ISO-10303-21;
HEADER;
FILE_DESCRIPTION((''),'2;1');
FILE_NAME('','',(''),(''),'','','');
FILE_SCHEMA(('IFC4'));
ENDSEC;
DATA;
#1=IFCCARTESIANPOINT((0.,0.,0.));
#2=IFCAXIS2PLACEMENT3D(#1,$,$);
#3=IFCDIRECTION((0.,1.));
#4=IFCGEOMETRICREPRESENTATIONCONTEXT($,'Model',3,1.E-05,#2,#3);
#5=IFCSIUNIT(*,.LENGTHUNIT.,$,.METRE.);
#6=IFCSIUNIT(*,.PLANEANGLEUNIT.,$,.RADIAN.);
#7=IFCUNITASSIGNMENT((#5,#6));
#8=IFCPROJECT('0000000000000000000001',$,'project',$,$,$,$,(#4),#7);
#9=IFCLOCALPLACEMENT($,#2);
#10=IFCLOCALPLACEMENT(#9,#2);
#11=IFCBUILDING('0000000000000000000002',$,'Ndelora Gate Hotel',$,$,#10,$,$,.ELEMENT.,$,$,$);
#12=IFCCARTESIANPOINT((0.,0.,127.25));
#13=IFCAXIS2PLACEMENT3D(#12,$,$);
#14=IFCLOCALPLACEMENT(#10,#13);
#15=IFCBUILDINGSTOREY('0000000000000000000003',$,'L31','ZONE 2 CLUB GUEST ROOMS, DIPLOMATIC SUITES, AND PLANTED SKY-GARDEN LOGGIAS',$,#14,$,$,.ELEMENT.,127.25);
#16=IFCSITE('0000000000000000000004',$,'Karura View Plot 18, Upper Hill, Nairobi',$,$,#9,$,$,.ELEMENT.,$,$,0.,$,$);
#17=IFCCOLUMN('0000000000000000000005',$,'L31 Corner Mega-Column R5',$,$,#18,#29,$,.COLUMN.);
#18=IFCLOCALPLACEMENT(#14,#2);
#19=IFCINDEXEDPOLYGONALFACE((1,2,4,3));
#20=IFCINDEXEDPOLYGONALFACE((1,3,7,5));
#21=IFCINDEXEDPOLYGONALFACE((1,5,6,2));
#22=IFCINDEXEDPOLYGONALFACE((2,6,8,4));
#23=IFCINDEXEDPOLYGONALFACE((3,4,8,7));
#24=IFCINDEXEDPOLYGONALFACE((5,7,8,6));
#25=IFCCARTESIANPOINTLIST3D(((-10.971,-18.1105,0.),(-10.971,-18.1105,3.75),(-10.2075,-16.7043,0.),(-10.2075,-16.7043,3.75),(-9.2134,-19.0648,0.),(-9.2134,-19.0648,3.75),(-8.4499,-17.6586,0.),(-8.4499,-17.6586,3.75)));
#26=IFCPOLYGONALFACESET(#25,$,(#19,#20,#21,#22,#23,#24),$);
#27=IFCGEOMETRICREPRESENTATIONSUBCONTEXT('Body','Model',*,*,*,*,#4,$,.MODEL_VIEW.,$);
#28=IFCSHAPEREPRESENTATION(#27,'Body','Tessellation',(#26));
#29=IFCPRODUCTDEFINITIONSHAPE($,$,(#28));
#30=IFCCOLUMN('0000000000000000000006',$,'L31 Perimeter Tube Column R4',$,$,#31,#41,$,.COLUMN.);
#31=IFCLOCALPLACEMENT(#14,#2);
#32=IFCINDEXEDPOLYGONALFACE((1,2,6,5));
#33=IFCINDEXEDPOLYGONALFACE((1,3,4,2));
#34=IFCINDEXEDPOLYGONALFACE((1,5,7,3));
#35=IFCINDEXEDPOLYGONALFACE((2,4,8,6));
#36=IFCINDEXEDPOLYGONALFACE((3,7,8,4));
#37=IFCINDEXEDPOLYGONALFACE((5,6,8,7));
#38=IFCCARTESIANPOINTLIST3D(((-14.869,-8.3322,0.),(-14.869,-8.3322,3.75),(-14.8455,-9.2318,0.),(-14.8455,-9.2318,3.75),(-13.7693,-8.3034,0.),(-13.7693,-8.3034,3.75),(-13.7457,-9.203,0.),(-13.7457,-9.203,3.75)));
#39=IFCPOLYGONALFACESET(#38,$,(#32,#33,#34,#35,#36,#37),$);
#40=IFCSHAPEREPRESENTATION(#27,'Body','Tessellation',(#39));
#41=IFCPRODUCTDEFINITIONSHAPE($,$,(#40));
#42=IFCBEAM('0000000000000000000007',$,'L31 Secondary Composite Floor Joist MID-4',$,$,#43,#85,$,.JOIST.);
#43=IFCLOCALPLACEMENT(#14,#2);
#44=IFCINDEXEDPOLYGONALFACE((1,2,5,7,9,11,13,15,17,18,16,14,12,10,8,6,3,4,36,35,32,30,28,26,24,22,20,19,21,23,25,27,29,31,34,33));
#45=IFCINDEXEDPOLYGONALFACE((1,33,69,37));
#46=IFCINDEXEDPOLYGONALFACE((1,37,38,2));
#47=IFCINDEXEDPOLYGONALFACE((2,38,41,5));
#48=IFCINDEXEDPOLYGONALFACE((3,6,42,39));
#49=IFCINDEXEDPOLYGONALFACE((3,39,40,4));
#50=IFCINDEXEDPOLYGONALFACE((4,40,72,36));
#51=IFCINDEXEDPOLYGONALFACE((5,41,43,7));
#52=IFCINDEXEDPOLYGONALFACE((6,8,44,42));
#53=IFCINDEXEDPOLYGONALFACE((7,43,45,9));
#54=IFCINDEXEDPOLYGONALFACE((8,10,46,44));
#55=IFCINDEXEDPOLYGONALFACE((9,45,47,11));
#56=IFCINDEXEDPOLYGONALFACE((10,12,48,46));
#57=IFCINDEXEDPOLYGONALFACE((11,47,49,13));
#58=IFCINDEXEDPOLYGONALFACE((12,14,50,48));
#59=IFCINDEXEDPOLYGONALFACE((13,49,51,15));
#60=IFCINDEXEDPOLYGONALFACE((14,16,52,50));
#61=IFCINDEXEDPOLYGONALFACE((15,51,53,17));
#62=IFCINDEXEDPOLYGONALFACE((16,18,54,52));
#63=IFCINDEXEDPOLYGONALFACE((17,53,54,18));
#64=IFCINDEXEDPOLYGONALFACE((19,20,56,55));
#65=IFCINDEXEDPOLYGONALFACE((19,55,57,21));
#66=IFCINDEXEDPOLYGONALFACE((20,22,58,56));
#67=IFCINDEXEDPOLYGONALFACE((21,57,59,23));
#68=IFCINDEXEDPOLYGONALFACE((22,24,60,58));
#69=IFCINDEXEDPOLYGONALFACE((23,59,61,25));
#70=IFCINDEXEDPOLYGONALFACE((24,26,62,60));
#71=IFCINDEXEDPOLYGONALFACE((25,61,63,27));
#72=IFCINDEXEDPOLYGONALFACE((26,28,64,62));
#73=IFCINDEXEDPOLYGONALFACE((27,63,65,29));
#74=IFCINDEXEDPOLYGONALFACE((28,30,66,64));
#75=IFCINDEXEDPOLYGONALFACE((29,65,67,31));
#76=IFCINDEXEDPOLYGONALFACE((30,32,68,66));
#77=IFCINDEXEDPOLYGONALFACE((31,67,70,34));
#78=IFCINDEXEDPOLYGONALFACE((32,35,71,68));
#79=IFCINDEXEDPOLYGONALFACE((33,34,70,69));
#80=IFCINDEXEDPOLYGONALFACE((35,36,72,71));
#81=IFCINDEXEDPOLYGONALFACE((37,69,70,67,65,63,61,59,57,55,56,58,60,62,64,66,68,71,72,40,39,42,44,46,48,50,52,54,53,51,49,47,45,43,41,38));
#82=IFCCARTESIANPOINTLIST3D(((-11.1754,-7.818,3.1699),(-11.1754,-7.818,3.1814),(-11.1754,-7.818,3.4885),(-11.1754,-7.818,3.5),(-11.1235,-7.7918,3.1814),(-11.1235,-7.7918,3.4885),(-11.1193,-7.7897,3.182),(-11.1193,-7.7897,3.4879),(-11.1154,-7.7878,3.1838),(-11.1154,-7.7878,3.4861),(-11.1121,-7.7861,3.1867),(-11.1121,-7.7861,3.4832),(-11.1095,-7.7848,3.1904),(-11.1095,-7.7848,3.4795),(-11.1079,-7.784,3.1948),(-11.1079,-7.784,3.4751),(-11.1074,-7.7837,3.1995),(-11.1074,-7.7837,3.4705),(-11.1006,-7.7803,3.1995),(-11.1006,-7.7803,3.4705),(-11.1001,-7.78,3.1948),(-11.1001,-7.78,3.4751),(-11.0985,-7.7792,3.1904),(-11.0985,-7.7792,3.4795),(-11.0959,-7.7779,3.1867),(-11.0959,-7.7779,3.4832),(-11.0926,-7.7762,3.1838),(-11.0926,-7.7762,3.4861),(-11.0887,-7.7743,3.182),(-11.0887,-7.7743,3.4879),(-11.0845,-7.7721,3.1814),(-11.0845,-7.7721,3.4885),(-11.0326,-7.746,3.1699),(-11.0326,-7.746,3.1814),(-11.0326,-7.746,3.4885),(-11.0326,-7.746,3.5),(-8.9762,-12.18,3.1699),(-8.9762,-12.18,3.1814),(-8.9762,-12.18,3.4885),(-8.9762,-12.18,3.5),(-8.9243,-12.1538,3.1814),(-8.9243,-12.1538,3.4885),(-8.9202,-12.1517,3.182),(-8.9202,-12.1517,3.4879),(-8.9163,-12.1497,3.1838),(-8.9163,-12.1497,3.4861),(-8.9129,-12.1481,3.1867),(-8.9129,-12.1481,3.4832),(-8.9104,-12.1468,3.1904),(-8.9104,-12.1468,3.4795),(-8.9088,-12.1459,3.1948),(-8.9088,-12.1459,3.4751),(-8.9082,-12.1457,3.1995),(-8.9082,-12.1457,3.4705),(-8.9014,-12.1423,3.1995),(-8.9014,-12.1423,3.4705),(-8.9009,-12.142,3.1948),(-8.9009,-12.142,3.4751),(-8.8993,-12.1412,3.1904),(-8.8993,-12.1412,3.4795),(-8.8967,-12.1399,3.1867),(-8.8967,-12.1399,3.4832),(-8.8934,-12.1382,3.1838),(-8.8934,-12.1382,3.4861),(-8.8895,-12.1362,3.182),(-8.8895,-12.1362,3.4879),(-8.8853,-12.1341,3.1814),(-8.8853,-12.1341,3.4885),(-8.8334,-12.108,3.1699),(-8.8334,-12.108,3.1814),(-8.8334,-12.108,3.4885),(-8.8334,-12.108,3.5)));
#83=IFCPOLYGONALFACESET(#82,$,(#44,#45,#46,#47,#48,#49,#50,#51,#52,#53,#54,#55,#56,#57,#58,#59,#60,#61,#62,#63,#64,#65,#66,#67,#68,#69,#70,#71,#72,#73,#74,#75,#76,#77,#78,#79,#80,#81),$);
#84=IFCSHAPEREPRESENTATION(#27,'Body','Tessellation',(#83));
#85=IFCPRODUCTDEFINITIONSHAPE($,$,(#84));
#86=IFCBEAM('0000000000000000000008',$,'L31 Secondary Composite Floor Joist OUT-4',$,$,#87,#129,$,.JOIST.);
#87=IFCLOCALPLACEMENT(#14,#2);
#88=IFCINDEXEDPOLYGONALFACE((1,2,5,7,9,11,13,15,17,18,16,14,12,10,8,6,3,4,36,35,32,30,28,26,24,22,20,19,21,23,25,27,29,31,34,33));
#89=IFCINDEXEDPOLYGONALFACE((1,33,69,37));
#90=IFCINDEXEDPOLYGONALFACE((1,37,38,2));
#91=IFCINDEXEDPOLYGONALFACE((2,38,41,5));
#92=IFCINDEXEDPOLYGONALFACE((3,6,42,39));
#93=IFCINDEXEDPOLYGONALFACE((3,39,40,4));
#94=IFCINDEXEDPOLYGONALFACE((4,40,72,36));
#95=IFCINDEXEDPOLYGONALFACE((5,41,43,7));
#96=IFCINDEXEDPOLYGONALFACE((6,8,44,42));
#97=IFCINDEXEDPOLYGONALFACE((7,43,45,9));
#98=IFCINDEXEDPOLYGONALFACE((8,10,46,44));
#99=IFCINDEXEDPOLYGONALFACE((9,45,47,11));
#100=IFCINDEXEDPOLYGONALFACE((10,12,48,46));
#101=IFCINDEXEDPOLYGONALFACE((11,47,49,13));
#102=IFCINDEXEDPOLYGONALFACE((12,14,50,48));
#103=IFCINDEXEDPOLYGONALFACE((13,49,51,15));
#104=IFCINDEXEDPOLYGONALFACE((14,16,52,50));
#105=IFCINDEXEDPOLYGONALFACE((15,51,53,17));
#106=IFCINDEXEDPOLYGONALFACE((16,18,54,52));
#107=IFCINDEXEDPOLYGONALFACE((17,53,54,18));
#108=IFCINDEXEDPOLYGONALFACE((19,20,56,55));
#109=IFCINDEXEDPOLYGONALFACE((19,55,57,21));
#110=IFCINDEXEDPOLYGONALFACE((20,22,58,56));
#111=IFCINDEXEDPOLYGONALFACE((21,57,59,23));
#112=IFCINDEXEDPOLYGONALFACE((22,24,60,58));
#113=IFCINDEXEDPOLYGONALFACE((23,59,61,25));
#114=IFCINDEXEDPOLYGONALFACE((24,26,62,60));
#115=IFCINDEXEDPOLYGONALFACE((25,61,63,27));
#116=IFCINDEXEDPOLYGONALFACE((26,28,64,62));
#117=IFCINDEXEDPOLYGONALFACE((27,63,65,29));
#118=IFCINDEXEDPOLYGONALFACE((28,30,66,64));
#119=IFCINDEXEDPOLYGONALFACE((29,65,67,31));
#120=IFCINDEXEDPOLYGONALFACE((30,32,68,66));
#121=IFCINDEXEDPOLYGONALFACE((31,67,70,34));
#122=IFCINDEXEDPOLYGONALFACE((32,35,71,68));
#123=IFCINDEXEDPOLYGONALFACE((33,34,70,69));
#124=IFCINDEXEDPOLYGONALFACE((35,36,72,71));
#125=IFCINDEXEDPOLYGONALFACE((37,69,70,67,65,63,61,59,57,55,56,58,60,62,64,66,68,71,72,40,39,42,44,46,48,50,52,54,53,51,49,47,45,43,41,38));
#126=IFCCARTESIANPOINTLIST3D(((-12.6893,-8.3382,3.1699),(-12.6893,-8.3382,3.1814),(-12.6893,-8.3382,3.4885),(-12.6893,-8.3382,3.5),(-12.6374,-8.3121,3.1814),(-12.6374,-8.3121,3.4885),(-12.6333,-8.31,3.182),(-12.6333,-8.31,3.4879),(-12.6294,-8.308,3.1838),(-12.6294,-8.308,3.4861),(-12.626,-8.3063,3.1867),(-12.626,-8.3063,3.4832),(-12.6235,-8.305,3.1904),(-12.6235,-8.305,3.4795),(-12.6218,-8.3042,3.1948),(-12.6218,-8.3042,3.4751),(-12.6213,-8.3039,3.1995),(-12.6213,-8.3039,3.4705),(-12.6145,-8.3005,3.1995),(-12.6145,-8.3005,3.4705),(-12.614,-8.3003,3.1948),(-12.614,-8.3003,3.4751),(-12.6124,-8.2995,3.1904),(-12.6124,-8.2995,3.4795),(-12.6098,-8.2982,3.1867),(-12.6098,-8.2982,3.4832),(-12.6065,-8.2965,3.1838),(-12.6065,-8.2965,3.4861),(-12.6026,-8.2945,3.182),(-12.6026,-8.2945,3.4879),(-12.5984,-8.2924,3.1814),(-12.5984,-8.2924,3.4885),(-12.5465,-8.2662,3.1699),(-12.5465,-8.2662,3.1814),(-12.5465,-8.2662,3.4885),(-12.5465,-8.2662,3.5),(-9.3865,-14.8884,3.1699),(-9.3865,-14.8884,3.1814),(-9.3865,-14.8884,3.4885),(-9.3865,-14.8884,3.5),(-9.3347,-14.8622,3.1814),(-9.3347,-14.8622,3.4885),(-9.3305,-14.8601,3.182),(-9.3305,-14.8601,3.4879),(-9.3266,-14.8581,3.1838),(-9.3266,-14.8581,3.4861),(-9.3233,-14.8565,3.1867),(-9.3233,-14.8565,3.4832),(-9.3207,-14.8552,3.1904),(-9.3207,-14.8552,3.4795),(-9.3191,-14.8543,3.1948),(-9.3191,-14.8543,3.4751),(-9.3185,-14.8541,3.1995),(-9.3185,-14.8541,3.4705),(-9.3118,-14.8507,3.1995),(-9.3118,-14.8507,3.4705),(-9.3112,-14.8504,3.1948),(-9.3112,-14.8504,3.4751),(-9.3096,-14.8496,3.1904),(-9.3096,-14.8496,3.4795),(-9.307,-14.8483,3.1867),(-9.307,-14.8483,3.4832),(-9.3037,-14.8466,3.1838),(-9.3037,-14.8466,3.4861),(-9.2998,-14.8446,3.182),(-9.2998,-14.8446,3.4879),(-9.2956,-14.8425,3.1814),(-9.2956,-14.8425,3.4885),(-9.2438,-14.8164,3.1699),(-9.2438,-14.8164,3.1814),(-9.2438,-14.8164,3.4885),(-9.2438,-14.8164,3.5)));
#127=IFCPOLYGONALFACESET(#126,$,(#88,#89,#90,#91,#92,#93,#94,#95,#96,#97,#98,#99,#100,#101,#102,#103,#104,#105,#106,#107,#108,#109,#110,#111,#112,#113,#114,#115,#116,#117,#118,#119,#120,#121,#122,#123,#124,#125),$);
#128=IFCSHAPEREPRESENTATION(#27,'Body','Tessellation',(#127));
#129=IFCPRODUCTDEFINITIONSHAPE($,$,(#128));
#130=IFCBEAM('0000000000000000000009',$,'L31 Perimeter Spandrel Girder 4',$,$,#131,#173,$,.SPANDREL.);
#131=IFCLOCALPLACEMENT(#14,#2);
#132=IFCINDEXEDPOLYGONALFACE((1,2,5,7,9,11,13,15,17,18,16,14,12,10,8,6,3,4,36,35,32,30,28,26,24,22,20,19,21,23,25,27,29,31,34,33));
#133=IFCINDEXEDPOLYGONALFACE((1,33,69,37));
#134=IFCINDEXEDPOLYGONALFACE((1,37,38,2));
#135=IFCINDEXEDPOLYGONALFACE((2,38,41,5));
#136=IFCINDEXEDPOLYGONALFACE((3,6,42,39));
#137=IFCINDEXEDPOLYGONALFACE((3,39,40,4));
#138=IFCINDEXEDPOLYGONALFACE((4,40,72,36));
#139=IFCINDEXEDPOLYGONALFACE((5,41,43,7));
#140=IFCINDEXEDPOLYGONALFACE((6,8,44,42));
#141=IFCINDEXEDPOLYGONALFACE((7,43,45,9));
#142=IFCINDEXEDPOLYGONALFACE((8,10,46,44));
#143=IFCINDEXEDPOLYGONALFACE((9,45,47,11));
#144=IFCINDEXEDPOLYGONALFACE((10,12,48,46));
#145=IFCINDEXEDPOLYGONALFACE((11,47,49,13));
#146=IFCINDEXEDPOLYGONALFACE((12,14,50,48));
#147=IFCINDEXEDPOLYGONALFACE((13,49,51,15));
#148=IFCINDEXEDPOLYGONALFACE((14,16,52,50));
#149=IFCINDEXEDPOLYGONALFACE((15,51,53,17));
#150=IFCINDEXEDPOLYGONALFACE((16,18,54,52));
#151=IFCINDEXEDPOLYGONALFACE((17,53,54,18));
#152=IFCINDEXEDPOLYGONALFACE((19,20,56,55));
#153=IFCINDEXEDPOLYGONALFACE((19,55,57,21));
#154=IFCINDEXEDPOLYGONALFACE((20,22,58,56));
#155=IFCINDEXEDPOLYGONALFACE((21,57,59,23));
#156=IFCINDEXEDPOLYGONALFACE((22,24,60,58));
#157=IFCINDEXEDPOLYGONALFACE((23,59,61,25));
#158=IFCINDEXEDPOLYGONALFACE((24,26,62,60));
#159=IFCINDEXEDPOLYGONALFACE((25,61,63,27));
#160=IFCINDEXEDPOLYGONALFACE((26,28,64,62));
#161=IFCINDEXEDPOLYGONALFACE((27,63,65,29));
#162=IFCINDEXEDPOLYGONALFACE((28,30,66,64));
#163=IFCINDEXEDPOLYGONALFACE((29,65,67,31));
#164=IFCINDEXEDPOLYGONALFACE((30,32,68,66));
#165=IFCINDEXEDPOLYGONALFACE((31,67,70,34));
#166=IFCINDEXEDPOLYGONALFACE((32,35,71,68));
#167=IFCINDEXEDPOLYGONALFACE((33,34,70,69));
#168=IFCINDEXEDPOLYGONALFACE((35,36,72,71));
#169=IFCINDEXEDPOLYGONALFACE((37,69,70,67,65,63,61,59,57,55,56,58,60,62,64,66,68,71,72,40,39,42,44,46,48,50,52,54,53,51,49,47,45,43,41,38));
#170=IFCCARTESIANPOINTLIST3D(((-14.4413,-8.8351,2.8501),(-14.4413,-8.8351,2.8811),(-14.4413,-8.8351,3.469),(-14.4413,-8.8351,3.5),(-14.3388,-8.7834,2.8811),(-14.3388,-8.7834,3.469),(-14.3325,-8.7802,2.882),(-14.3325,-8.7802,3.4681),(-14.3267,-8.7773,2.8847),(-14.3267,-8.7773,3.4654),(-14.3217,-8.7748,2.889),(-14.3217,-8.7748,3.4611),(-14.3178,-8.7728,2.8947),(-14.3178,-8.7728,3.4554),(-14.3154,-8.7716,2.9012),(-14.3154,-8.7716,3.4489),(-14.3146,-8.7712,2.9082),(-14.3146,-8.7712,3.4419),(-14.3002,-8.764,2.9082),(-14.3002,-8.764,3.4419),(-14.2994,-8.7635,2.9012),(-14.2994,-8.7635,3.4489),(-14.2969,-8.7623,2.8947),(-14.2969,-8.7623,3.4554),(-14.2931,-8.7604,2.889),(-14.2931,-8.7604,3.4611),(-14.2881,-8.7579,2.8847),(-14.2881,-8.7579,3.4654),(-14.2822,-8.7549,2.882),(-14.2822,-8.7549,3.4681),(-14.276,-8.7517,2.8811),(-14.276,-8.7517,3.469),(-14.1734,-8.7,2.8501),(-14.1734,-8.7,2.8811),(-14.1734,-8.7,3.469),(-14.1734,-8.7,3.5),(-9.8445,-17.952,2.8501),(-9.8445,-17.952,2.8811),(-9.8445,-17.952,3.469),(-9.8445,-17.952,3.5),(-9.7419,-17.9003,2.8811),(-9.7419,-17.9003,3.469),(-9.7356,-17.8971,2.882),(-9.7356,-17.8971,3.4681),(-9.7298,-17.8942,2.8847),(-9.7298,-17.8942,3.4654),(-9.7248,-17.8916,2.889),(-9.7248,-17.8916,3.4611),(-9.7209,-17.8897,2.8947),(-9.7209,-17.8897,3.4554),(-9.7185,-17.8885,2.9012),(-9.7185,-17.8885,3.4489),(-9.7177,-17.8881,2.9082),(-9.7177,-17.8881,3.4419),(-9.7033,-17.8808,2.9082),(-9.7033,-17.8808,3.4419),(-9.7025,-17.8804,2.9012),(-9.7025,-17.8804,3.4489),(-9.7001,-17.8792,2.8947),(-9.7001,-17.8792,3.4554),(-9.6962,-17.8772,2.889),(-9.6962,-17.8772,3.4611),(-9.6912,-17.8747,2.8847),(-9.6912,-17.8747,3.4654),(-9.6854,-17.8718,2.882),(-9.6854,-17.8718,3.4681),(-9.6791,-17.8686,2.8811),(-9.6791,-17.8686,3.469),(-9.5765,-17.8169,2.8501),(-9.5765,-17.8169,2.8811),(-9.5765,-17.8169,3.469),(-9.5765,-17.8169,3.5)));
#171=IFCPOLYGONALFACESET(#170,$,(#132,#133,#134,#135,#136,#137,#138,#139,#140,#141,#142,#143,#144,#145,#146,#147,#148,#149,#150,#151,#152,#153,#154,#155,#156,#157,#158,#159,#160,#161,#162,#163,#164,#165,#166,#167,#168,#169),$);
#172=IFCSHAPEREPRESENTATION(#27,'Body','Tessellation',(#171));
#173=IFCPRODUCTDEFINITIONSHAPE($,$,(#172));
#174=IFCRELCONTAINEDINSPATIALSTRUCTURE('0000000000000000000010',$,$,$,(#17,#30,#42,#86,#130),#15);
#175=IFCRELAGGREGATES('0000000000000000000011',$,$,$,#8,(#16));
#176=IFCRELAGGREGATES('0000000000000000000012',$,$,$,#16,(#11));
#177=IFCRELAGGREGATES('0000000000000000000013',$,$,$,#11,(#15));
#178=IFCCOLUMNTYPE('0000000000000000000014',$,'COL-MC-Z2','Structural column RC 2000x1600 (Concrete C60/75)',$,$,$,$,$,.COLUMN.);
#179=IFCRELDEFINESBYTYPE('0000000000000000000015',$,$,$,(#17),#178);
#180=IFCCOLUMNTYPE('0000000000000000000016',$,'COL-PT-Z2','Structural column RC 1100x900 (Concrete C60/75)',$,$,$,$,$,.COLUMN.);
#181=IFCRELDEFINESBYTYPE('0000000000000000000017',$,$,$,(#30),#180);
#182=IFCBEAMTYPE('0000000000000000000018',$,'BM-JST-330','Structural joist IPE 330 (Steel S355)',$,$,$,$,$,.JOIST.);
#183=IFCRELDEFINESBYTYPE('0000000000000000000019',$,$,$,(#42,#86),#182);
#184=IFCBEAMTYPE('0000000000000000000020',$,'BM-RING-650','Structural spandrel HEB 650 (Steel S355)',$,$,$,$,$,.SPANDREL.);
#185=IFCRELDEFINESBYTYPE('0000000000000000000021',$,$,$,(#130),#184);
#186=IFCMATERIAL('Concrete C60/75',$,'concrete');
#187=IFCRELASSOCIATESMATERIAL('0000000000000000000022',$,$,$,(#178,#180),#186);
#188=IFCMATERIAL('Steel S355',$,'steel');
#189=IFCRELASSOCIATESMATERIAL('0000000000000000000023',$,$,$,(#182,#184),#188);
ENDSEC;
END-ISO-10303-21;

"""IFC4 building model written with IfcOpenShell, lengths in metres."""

from ifc_helpers import new_model, si_unit, direction, frame, origin, origin_2d, place, context, subcontext, project, spatial, rectangle, i_section, extrude, material, material_profile, profile_set, type_object, element, save


model = new_model("IFC4")

# Units and contexts
model_context = context("Model", 3, precision=1e-05, world=origin(), true_north=direction((0.0, 1.0)))
body_context = subcontext(model_context, "Body", "Model", "MODEL_VIEW")
ifc_project = project(units=[si_unit("LENGTHUNIT", "METRE"), si_unit("PLANEANGLEUNIT", "RADIAN")], contexts=[model_context])

# Site, building, storey
site_placement = place(None, origin())
site = spatial("IfcSite", under=ifc_project, at=site_placement, Name="Karura View Plot 18, Upper Hill, Nairobi", CompositionType="ELEMENT", RefElevation=0.0)
building_placement = place(site_placement, origin())
building = spatial("IfcBuilding", under=site, at=building_placement, Name="Ndelora Gate Hotel", CompositionType="ELEMENT")
storey_placement = place(building_placement, frame((0.0, 0.0, 127.25)))
storey = spatial("IfcBuildingStorey", under=building, at=storey_placement, Name="L31", Description="ZONE 2 CLUB GUEST ROOMS, DIPLOMATIC SUITES, AND PLANTED SKY-GARDEN LOGGIAS", CompositionType="ELEMENT", Elevation=127.25)

# Columns
ifc_material_1 = material(Name="Concrete C60/75", Category="concrete")
ifc_material_profile_1 = material_profile(ifc_material_1, rectangle(XDim=1.6001, YDim=2.0, at=origin_2d()), Name="RC 2000x1600")
ifc_profile_set_1 = profile_set([ifc_material_profile_1], Name="Concrete C60/75")
column_type_1 = type_object("IfcColumnType", Name="COL-MC-Z2", Description="Structural column RC 2000x1600 (Concrete C60/75)", PredefinedType="COLUMN", material=ifc_profile_set_1)
column_1_placement = place(storey_placement, frame((-9.7104, -17.8845, 0.0), z_axis=(0.0, 0.0, 1.0), x_axis=(0.477159, 0.878817, 0.0)))
element("IfcColumn", 1, at=column_1_placement, inside=storey, type_object=column_type_1, Name="L31 Corner Mega-Column R5", PredefinedType="COLUMN", context=body_context, shape_type="SweptSolid", body=[
    extrude(rectangle(XDim=1.6001, YDim=2.0, at=origin_2d()), origin(), (0.0, 0.0, 1.0), 3.75),
])
ifc_material_profile_2 = material_profile(ifc_material_1, rectangle(XDim=0.8999, YDim=1.1001, at=origin_2d()), Name="RC 1100x900")
ifc_profile_set_2 = profile_set([ifc_material_profile_2], Name="Concrete C60/75")
column_type_2 = type_object("IfcColumnType", Name="COL-PT-Z2", Description="Structural column RC 1100x900 (Concrete C60/75)", PredefinedType="COLUMN", material=ifc_profile_set_2)
column_2_placement = place(storey_placement, frame((-14.3074, -8.7676, 0.0), z_axis=(0.0, 0.0, 1.0), x_axis=(-0.026177, 0.999657, 0.0)))
element("IfcColumn", 2, at=column_2_placement, inside=storey, type_object=column_type_2, Name="L31 Perimeter Tube Column R4", PredefinedType="COLUMN", context=body_context, shape_type="SweptSolid", body=[
    extrude(rectangle(XDim=0.8999, YDim=1.1001, at=origin_2d()), origin(), (0.0, 0.0, 1.0), 3.75),
])

# Beams
ifc_material_2 = material(Name="Steel S355", Category="steel")
ifc_material_profile_3 = material_profile(ifc_material_2, i_section(OverallWidth=0.1599, OverallDepth=0.3301, WebThickness=0.0076, FlangeThickness=0.0115, FilletRadius=0.0181, at=origin_2d()), Name="IPE 330")
ifc_profile_set_3 = profile_set([ifc_material_profile_3], Name="Steel S355")
beam_type_1 = type_object("IfcBeamType", Name="BM-JST-330", Description="Structural joist IPE 330 (Steel S355)", PredefinedType="JOIST", material=ifc_profile_set_3)
beam_1_placement = place(storey_placement, frame((-11.104, -7.782, 3.335), z_axis=(0.45019, -0.892933, 0.0), x_axis=(0.892933, 0.45019, 0.0)))
element("IfcBeam", 3, at=beam_1_placement, inside=storey, type_object=beam_type_1, Name="L31 Secondary Composite Floor Joist MID-4", PredefinedType="JOIST", context=body_context, shape_type="SweptSolid", body=[
    extrude(i_section(OverallWidth=0.1599, OverallDepth=0.3301, WebThickness=0.0076, FlangeThickness=0.0115, FilletRadius=0.0181, at=origin_2d()), origin(), (0.0, 0.0, 1.0), 4.885),
])
beam_2_placement = place(storey_placement, frame((-12.6179, -8.3022, 3.335), z_axis=(0.450233, -0.892911, 0.0), x_axis=(0.892911, 0.450233, 0.0)))
element("IfcBeam", 4, at=beam_2_placement, inside=storey, type_object=beam_type_1, Name="L31 Secondary Composite Floor Joist OUT-4", PredefinedType="JOIST", context=body_context, shape_type="SweptSolid", body=[
    extrude(i_section(OverallWidth=0.1599, OverallDepth=0.3301, WebThickness=0.0076, FlangeThickness=0.0115, FilletRadius=0.0181, at=origin_2d()), origin(), (0.0, 0.0, 1.0), 7.3357),
])
ifc_material_profile_4 = material_profile(ifc_material_2, i_section(OverallWidth=0.3, OverallDepth=0.6499, WebThickness=0.0161, FlangeThickness=0.031, FilletRadius=0.0271, at=origin_2d()), Name="HEB 650")
ifc_profile_set_4 = profile_set([ifc_material_profile_4], Name="Steel S355")
beam_type_2 = type_object("IfcBeamType", Name="BM-RING-650", Description="Structural spandrel HEB 650 (Steel S355)", PredefinedType="SPANDREL", material=ifc_profile_set_4)
beam_3_placement = place(storey_placement, frame((-14.3074, -8.7676, 3.175), z_axis=(0.450224, -0.892916, 0.0), x_axis=(0.892916, 0.450224, 0.0)))
element("IfcBeam", 5, at=beam_3_placement, inside=storey, type_object=beam_type_2, Name="L31 Perimeter Spandrel Girder 4", PredefinedType="SPANDREL", context=body_context, shape_type="SweptSolid", body=[
    extrude(i_section(OverallWidth=0.3, OverallDepth=0.6499, WebThickness=0.0161, FlangeThickness=0.031, FilletRadius=0.0271, at=origin_2d()), origin(), (0.0, 0.0, 1.0), 10.2102),
])

save(model, "model.ifc")
